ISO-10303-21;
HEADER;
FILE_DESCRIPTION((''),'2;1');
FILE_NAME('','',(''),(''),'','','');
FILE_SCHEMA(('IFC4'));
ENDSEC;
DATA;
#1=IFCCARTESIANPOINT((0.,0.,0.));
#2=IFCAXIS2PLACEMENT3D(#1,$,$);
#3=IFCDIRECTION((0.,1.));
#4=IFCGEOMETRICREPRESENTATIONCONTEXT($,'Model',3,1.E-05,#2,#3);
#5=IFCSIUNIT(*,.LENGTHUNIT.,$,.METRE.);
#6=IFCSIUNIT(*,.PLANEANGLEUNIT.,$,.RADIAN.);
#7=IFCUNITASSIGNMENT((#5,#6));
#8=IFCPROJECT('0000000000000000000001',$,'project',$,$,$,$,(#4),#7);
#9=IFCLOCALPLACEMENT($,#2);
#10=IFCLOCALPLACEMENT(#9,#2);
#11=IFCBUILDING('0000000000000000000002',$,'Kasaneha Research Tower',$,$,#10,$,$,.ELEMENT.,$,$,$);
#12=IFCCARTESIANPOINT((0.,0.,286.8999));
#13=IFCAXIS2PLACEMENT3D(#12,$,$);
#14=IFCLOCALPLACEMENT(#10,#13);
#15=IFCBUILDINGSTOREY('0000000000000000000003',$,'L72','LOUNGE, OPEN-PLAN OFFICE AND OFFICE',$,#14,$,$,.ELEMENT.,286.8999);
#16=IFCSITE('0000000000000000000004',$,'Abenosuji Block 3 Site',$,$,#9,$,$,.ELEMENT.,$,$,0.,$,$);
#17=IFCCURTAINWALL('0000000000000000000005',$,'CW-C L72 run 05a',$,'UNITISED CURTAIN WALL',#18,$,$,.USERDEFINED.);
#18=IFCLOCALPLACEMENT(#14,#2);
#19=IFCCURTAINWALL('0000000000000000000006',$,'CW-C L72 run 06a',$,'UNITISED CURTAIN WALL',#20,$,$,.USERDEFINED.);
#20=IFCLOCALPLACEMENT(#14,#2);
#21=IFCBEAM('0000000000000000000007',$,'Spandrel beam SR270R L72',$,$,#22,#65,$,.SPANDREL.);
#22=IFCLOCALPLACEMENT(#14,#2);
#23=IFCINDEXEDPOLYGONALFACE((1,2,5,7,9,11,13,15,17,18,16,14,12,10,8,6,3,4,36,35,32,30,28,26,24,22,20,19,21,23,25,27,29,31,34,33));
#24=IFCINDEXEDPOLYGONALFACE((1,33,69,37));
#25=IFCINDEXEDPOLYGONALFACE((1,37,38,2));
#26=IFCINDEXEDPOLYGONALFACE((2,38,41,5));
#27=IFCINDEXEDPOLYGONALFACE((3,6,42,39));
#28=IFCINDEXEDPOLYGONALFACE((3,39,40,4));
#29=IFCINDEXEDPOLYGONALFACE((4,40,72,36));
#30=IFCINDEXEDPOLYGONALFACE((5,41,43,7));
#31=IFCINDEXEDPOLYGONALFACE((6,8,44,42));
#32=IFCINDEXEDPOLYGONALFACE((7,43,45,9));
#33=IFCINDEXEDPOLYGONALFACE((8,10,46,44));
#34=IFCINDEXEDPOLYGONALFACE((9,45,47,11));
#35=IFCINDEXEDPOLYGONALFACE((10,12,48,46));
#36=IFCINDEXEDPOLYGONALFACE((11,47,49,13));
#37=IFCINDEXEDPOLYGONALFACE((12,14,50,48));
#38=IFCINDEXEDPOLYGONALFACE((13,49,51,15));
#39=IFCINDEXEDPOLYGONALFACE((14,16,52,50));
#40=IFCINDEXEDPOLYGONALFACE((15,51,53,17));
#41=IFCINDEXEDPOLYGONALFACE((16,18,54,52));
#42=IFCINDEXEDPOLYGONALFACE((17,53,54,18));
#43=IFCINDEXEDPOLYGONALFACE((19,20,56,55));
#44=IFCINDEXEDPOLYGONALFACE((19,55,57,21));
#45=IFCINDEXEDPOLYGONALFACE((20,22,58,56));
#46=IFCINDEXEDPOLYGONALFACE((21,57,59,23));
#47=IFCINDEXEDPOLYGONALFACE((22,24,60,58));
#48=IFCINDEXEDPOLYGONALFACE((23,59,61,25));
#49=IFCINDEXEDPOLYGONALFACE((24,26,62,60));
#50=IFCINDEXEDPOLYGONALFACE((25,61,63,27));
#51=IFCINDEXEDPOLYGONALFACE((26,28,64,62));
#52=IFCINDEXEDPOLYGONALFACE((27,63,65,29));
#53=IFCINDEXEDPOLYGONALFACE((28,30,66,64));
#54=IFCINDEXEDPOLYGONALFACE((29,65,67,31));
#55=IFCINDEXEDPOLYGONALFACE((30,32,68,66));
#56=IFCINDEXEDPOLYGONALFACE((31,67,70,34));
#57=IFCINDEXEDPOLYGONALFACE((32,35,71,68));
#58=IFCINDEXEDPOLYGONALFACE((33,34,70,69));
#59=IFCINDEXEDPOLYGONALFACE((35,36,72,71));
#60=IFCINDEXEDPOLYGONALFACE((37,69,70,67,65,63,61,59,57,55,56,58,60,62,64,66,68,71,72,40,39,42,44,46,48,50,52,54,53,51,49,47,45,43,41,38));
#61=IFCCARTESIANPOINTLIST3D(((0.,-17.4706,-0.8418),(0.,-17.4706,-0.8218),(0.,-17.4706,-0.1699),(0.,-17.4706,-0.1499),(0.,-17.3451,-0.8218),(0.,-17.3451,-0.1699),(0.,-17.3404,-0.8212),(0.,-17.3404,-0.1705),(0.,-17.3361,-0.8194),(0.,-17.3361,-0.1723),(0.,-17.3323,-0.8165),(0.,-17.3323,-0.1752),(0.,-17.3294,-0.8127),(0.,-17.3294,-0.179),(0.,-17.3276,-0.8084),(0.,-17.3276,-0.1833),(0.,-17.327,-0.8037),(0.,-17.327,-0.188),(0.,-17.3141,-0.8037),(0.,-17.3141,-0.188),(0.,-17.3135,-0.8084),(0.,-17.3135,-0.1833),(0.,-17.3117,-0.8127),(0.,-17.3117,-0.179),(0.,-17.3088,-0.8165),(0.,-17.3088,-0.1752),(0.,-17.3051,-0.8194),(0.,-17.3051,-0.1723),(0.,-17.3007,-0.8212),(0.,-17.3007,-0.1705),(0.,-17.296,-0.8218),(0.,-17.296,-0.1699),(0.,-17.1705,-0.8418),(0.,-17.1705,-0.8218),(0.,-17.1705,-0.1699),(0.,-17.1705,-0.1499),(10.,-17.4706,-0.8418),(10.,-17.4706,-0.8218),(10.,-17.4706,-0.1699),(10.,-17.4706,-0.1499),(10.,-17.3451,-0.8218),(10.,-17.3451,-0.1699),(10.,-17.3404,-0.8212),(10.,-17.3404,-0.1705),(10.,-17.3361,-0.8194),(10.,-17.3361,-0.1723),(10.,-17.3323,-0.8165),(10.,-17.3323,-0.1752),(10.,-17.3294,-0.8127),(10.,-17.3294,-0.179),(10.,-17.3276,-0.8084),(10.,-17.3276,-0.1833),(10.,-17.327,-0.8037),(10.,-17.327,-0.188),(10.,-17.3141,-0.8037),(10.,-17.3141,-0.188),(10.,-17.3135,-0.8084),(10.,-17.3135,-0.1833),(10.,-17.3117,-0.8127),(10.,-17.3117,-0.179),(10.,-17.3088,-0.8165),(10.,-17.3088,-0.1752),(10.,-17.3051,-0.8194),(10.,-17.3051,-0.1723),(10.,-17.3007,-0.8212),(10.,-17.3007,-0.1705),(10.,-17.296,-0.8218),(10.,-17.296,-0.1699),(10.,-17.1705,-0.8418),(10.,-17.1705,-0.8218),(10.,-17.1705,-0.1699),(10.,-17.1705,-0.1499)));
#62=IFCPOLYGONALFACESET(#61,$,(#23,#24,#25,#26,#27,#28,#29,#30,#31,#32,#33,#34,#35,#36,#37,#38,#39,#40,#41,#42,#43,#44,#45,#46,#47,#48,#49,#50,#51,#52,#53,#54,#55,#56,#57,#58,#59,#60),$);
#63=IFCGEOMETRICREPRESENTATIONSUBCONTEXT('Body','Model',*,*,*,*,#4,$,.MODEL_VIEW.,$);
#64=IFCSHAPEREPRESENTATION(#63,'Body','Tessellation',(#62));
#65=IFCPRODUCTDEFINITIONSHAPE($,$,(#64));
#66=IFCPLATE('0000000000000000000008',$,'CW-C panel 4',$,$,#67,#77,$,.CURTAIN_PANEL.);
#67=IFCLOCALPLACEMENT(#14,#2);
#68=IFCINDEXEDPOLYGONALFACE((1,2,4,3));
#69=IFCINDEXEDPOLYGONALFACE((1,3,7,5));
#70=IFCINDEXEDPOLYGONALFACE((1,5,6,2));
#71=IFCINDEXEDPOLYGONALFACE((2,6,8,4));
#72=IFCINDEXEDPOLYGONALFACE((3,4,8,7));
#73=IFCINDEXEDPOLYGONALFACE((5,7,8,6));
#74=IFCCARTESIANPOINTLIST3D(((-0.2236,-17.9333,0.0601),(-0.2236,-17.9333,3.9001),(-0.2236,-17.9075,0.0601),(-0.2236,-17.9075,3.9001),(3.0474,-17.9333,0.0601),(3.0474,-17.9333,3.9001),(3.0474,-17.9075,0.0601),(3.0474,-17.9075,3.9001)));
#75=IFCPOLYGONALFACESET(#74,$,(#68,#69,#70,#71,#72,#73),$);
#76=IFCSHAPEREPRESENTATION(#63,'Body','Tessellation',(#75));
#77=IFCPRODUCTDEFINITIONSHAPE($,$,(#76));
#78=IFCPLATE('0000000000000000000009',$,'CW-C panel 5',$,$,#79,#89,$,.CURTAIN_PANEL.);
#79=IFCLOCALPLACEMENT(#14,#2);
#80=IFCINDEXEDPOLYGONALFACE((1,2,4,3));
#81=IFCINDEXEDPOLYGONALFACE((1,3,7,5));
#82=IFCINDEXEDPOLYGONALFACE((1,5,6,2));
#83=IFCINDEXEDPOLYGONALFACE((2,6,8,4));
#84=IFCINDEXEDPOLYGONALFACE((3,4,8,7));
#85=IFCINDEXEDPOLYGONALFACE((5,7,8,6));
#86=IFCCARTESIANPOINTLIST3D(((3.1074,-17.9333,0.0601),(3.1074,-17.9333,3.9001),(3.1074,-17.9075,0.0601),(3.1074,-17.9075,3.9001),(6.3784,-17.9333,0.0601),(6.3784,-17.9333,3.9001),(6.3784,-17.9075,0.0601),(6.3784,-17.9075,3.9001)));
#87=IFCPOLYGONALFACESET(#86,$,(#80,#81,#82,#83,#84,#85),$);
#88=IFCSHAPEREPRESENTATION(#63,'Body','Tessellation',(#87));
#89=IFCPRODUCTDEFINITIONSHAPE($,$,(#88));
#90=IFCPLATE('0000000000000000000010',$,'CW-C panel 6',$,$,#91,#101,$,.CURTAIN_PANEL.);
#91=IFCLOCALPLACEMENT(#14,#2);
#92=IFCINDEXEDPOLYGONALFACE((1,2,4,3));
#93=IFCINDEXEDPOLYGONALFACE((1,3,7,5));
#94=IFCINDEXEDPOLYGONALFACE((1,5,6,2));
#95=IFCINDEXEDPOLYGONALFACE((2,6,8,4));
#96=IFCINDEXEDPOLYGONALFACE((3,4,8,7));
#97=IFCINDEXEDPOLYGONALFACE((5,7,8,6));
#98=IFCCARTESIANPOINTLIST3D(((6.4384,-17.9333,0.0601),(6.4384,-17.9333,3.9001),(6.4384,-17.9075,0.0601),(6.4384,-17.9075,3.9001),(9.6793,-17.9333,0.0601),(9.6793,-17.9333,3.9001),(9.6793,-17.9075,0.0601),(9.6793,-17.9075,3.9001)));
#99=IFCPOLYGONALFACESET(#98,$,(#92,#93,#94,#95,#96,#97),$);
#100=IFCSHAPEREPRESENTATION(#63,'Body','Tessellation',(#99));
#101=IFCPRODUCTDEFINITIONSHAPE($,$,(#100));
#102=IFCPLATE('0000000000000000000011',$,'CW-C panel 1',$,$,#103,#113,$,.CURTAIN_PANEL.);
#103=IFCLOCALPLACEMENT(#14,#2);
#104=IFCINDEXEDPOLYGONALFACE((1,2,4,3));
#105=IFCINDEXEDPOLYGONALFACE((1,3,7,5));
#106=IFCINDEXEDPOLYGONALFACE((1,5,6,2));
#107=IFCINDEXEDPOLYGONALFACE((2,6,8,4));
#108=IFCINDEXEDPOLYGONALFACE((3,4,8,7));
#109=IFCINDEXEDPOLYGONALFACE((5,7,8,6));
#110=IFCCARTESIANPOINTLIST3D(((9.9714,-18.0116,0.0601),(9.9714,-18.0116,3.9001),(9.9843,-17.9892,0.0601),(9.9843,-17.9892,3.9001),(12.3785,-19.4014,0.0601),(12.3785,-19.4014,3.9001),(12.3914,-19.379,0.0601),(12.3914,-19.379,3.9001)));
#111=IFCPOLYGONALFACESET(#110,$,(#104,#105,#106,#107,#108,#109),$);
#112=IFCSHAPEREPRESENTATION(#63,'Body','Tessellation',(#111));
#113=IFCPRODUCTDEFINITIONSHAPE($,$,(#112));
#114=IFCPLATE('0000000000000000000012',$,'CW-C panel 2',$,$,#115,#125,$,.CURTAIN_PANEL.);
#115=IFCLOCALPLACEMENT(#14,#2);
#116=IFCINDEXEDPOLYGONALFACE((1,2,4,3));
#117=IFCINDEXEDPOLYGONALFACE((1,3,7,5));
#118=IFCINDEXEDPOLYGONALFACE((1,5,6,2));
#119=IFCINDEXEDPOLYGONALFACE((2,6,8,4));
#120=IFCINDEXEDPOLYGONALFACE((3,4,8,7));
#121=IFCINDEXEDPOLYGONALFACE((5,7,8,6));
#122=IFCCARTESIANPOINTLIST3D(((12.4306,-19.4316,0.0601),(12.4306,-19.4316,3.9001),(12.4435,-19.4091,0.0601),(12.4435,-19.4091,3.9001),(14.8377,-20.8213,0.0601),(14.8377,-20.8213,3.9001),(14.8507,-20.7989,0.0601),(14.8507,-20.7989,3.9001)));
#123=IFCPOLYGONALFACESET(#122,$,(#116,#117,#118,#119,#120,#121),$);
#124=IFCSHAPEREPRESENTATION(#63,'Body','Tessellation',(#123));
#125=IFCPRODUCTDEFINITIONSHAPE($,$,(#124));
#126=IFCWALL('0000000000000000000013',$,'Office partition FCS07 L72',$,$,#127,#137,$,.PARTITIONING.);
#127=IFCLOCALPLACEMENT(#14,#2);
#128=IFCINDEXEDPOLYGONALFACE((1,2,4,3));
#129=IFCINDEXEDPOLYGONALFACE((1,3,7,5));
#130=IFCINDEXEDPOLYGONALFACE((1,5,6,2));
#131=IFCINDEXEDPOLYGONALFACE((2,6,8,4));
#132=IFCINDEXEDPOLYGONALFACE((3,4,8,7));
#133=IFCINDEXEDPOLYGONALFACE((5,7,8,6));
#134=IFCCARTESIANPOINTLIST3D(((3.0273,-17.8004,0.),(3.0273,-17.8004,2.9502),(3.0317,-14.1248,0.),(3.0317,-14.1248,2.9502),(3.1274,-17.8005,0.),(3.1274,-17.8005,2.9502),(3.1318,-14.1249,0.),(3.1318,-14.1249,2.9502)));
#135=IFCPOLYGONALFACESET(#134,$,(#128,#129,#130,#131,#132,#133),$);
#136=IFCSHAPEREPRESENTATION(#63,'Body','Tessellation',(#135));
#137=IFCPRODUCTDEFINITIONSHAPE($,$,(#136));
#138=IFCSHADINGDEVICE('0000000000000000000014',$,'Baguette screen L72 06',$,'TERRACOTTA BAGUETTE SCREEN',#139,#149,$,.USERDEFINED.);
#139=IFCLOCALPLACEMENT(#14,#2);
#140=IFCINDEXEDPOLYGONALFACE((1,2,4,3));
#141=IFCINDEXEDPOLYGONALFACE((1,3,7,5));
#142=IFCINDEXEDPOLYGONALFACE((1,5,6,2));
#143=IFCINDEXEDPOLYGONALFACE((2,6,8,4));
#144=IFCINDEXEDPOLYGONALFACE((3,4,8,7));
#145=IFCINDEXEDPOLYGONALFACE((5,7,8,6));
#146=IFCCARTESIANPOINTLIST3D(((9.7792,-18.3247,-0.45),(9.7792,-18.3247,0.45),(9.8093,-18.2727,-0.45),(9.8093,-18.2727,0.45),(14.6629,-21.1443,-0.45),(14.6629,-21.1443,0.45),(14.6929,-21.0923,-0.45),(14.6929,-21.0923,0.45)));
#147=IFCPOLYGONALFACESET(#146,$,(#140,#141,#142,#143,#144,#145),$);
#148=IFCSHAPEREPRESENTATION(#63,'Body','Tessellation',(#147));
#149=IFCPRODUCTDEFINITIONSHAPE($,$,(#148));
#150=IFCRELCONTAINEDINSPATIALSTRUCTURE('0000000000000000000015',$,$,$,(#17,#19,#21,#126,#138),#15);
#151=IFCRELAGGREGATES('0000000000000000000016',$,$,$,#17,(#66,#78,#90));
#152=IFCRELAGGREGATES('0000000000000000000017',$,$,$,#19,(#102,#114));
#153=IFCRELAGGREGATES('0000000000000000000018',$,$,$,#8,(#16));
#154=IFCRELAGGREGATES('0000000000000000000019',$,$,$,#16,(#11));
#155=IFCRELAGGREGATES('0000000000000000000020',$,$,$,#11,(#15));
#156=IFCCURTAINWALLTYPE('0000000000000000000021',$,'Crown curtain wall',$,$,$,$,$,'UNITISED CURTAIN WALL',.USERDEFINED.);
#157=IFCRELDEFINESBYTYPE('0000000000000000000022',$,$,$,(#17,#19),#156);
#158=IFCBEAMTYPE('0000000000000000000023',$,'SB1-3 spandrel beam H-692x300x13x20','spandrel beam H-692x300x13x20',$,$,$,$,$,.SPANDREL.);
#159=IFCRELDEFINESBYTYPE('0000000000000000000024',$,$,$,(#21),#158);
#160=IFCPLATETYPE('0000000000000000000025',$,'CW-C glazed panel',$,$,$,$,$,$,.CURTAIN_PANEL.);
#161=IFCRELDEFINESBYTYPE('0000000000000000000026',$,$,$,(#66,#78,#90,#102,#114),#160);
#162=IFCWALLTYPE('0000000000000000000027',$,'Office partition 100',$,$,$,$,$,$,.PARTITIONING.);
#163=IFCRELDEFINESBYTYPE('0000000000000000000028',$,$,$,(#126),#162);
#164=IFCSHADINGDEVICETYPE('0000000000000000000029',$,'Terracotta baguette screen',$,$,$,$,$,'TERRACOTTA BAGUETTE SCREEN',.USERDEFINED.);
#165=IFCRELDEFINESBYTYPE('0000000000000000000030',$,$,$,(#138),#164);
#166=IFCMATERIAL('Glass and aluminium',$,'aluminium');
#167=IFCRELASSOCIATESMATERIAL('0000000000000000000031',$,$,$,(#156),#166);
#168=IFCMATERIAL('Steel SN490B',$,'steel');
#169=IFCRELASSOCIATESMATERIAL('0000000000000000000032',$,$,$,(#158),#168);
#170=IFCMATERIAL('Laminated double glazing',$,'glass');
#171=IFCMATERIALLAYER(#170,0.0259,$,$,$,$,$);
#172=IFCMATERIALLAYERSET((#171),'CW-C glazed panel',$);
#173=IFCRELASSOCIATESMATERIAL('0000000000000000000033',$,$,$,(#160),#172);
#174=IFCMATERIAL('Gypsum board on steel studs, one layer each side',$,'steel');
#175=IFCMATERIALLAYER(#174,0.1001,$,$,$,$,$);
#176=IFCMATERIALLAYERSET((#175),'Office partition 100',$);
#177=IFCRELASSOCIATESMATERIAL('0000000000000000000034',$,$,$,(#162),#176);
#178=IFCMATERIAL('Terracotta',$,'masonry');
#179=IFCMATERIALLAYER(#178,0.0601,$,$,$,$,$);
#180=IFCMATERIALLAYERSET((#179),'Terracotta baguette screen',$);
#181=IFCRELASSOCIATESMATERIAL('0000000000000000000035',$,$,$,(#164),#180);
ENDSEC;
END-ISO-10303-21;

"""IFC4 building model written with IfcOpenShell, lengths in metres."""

from ifc_helpers import new_model, si_unit, direction, frame, frame_2d, origin, origin_2d, place, context, subcontext, project, spatial, rectangle, i_section, extrude, material, layer, layer_set, material_profile, profile_set, type_object, element, aggregate, save


model = new_model("IFC4")

# Units and contexts
model_context = context("Model", 3, precision=1e-05, world=origin(), true_north=direction((0.0, 1.0)))
body_context = subcontext(model_context, "Body", "Model", "MODEL_VIEW")
ifc_project = project(units=[si_unit("LENGTHUNIT", "METRE"), si_unit("PLANEANGLEUNIT", "RADIAN")], contexts=[model_context])

# Site, building, storey
site_placement = place(None, origin())
site = spatial("IfcSite", under=ifc_project, at=site_placement, Name="Abenosuji Block 3 Site", CompositionType="ELEMENT", RefElevation=0.0)
building_placement = place(site_placement, origin())
building = spatial("IfcBuilding", under=site, at=building_placement, Name="Kasaneha Research Tower", CompositionType="ELEMENT")
storey_placement = place(building_placement, frame((0.0, 0.0, 286.8999)))
storey = spatial("IfcBuildingStorey", under=building, at=storey_placement, Name="L72", Description="LOUNGE, OPEN-PLAN OFFICE AND OFFICE", CompositionType="ELEMENT", Elevation=286.8999)

# Curtain walls
ifc_material_1 = material(Name="Glass and aluminium", Category="aluminium")
curtain_wall_type = type_object("IfcCurtainWallType", Name="Crown curtain wall", ElementType="UNITISED CURTAIN WALL", PredefinedType="USERDEFINED", material=ifc_material_1)
curtain_wall_1_placement = place(storey_placement, origin())
curtain_wall_1 = element("IfcCurtainWall", 1, at=curtain_wall_1_placement, inside=storey, type_object=curtain_wall_type, Name="CW-C L72 run 05a", ObjectType="UNITISED CURTAIN WALL", PredefinedType="USERDEFINED")
curtain_wall_2_placement = place(storey_placement, origin())
curtain_wall_2 = element("IfcCurtainWall", 2, at=curtain_wall_2_placement, inside=storey, type_object=curtain_wall_type, Name="CW-C L72 run 06a", ObjectType="UNITISED CURTAIN WALL", PredefinedType="USERDEFINED")

# Beam
ifc_material_2 = material(Name="Steel SN490B", Category="steel")
ifc_material_profile_1 = material_profile(ifc_material_2, i_section(OverallWidth=0.3, OverallDepth=0.6919, WebThickness=0.0129, FlangeThickness=0.02, FilletRadius=0.0181, at=origin_2d()), Name="H-692x300x13x20")
ifc_profile_set_1 = profile_set([ifc_material_profile_1], Name="Steel SN490B")
beam_type_1 = type_object("IfcBeamType", Name="SB1-3 spandrel beam H-692x300x13x20", Description="spandrel beam H-692x300x13x20", PredefinedType="SPANDREL", material=ifc_profile_set_1)
beam_1_placement = place(storey_placement, frame((10.0, -17.3206, -0.4958), z_axis=(-1.0, 0.0, 0.0), x_axis=(0.0, -1.0, 0.0)))
element("IfcBeam", 3, at=beam_1_placement, inside=storey, type_object=beam_type_1, Name="Spandrel beam SR270R L72", PredefinedType="SPANDREL", context=body_context, shape_type="SweptSolid", body=[
    extrude(i_section(OverallWidth=0.3, OverallDepth=0.6919, WebThickness=0.0129, FlangeThickness=0.02, FilletRadius=0.0181, at=origin_2d()), origin(), (0.0, 0.0, 1.0), 10.0),
])

# Plates
ifc_material_3 = material(Name="Laminated double glazing", Category="glass")
ifc_layer_1 = layer(ifc_material_3, 0.0259)
ifc_layer_set_1 = layer_set([ifc_layer_1], Name="CW-C glazed panel")
plate_type = type_object("IfcPlateType", Name="CW-C glazed panel", PredefinedType="CURTAIN_PANEL", material=ifc_layer_set_1)
plate_1_placement = place(storey_placement, frame((1.4119, -17.9204, 0.0601), z_axis=(0.0, 0.0, 1.0), x_axis=(1.0, 0.0, 0.0)))
plate_1 = element("IfcPlate", 4, at=plate_1_placement, type_object=plate_type, Name="CW-C panel 4", PredefinedType="CURTAIN_PANEL", context=body_context, shape_type="SweptSolid", body=[
    extrude(rectangle(XDim=3.271, YDim=0.0259, at=origin_2d()), origin(), (0.0, 0.0, 1.0), 3.8401),
])
plate_2_placement = place(storey_placement, frame((4.7429, -17.9204, 0.0601), z_axis=(0.0, 0.0, 1.0), x_axis=(1.0, 0.0, 0.0)))
plate_2 = element("IfcPlate", 5, at=plate_2_placement, type_object=plate_type, Name="CW-C panel 5", PredefinedType="CURTAIN_PANEL", context=body_context, shape_type="SweptSolid", body=[
    extrude(rectangle(XDim=3.271, YDim=0.0259, at=origin_2d()), origin(), (0.0, 0.0, 1.0), 3.8401),
])
plate_3_placement = place(storey_placement, frame((8.0588, -17.9204, 0.0601), z_axis=(0.0, 0.0, 1.0), x_axis=(1.0, 0.0, 0.0)))
plate_3 = element("IfcPlate", 6, at=plate_3_placement, type_object=plate_type, Name="CW-C panel 6", PredefinedType="CURTAIN_PANEL", context=body_context, shape_type="SweptSolid", body=[
    extrude(rectangle(XDim=3.241, YDim=0.0259, at=origin_2d()), origin(), (0.0, 0.0, 1.0), 3.8401),
])
aggregate(curtain_wall_1, [plate_1, plate_2, plate_3])
plate_4_placement = place(storey_placement, frame((11.1814, -18.6953, 0.0601), z_axis=(0.0, 0.0, 1.0), x_axis=(0.866025, -0.5, 0.0)))
plate_4 = element("IfcPlate", 7, at=plate_4_placement, type_object=plate_type, Name="CW-C panel 1", PredefinedType="CURTAIN_PANEL", context=body_context, shape_type="SweptSolid", body=[
    extrude(rectangle(XDim=2.7795, YDim=0.0259, at=origin_2d()), origin(), (0.0, 0.0, 1.0), 3.8401),
])
plate_5_placement = place(storey_placement, frame((13.6406, -20.1152, 0.0601), z_axis=(0.0, 0.0, 1.0), x_axis=(0.866025, -0.5, 0.0)))
plate_5 = element("IfcPlate", 8, at=plate_5_placement, type_object=plate_type, Name="CW-C panel 2", PredefinedType="CURTAIN_PANEL", context=body_context, shape_type="SweptSolid", body=[
    extrude(rectangle(XDim=2.7795, YDim=0.0259, at=origin_2d()), origin(), (0.0, 0.0, 1.0), 3.8401),
])
aggregate(curtain_wall_2, [plate_4, plate_5])

# Wall
ifc_material_4 = material(Name="Gypsum board on steel studs, one layer each side", Category="steel")
ifc_layer_2 = layer(ifc_material_4, 0.1001)
ifc_layer_set_2 = layer_set([ifc_layer_2], Name="Office partition 100")
wall_type = type_object("IfcWallType", Name="Office partition 100", PredefinedType="PARTITIONING", material=ifc_layer_set_2)
wall_placement = place(storey_placement, frame((3.0774, -17.8005, 0.0), z_axis=(0.0, 0.0, 1.0), x_axis=(0.001196, 0.999999, 0.0)))
element("IfcWall", 9, at=wall_placement, inside=storey, type_object=wall_type, Name="Office partition FCS07 L72", PredefinedType="PARTITIONING", context=body_context, shape_type="SweptSolid", body=[
    extrude(rectangle(XDim=3.6755, YDim=0.1001, at=frame_2d((1.8379, 0.0))), origin(), (0.0, 0.0, 1.0), 2.9502),
])

# Shading device
ifc_material_5 = material(Name="Terracotta", Category="masonry")
ifc_layer_3 = layer(ifc_material_5, 0.0601)
ifc_layer_set_3 = layer_set([ifc_layer_3], Name="Terracotta baguette screen")
shading_device_type = type_object("IfcShadingDeviceType", Name="Terracotta baguette screen", ElementType="TERRACOTTA BAGUETTE SCREEN", PredefinedType="USERDEFINED", material=ifc_layer_set_3)
shading_device_placement = place(storey_placement, frame((12.2361, -19.7085, -0.45), z_axis=(0.0, 0.0, 1.0), x_axis=(0.866025, -0.5, 0.0)))
element("IfcShadingDevice", 10, at=shading_device_placement, inside=storey, type_object=shading_device_type, Name="Baguette screen L72 06", ObjectType="TERRACOTTA BAGUETTE SCREEN", PredefinedType="USERDEFINED", context=body_context, shape_type="SweptSolid", body=[
    extrude(rectangle(XDim=5.6392, YDim=0.0601, at=origin_2d()), origin(), (0.0, 0.0, 1.0), 0.8999),
])

save(model, "model.ifc")
